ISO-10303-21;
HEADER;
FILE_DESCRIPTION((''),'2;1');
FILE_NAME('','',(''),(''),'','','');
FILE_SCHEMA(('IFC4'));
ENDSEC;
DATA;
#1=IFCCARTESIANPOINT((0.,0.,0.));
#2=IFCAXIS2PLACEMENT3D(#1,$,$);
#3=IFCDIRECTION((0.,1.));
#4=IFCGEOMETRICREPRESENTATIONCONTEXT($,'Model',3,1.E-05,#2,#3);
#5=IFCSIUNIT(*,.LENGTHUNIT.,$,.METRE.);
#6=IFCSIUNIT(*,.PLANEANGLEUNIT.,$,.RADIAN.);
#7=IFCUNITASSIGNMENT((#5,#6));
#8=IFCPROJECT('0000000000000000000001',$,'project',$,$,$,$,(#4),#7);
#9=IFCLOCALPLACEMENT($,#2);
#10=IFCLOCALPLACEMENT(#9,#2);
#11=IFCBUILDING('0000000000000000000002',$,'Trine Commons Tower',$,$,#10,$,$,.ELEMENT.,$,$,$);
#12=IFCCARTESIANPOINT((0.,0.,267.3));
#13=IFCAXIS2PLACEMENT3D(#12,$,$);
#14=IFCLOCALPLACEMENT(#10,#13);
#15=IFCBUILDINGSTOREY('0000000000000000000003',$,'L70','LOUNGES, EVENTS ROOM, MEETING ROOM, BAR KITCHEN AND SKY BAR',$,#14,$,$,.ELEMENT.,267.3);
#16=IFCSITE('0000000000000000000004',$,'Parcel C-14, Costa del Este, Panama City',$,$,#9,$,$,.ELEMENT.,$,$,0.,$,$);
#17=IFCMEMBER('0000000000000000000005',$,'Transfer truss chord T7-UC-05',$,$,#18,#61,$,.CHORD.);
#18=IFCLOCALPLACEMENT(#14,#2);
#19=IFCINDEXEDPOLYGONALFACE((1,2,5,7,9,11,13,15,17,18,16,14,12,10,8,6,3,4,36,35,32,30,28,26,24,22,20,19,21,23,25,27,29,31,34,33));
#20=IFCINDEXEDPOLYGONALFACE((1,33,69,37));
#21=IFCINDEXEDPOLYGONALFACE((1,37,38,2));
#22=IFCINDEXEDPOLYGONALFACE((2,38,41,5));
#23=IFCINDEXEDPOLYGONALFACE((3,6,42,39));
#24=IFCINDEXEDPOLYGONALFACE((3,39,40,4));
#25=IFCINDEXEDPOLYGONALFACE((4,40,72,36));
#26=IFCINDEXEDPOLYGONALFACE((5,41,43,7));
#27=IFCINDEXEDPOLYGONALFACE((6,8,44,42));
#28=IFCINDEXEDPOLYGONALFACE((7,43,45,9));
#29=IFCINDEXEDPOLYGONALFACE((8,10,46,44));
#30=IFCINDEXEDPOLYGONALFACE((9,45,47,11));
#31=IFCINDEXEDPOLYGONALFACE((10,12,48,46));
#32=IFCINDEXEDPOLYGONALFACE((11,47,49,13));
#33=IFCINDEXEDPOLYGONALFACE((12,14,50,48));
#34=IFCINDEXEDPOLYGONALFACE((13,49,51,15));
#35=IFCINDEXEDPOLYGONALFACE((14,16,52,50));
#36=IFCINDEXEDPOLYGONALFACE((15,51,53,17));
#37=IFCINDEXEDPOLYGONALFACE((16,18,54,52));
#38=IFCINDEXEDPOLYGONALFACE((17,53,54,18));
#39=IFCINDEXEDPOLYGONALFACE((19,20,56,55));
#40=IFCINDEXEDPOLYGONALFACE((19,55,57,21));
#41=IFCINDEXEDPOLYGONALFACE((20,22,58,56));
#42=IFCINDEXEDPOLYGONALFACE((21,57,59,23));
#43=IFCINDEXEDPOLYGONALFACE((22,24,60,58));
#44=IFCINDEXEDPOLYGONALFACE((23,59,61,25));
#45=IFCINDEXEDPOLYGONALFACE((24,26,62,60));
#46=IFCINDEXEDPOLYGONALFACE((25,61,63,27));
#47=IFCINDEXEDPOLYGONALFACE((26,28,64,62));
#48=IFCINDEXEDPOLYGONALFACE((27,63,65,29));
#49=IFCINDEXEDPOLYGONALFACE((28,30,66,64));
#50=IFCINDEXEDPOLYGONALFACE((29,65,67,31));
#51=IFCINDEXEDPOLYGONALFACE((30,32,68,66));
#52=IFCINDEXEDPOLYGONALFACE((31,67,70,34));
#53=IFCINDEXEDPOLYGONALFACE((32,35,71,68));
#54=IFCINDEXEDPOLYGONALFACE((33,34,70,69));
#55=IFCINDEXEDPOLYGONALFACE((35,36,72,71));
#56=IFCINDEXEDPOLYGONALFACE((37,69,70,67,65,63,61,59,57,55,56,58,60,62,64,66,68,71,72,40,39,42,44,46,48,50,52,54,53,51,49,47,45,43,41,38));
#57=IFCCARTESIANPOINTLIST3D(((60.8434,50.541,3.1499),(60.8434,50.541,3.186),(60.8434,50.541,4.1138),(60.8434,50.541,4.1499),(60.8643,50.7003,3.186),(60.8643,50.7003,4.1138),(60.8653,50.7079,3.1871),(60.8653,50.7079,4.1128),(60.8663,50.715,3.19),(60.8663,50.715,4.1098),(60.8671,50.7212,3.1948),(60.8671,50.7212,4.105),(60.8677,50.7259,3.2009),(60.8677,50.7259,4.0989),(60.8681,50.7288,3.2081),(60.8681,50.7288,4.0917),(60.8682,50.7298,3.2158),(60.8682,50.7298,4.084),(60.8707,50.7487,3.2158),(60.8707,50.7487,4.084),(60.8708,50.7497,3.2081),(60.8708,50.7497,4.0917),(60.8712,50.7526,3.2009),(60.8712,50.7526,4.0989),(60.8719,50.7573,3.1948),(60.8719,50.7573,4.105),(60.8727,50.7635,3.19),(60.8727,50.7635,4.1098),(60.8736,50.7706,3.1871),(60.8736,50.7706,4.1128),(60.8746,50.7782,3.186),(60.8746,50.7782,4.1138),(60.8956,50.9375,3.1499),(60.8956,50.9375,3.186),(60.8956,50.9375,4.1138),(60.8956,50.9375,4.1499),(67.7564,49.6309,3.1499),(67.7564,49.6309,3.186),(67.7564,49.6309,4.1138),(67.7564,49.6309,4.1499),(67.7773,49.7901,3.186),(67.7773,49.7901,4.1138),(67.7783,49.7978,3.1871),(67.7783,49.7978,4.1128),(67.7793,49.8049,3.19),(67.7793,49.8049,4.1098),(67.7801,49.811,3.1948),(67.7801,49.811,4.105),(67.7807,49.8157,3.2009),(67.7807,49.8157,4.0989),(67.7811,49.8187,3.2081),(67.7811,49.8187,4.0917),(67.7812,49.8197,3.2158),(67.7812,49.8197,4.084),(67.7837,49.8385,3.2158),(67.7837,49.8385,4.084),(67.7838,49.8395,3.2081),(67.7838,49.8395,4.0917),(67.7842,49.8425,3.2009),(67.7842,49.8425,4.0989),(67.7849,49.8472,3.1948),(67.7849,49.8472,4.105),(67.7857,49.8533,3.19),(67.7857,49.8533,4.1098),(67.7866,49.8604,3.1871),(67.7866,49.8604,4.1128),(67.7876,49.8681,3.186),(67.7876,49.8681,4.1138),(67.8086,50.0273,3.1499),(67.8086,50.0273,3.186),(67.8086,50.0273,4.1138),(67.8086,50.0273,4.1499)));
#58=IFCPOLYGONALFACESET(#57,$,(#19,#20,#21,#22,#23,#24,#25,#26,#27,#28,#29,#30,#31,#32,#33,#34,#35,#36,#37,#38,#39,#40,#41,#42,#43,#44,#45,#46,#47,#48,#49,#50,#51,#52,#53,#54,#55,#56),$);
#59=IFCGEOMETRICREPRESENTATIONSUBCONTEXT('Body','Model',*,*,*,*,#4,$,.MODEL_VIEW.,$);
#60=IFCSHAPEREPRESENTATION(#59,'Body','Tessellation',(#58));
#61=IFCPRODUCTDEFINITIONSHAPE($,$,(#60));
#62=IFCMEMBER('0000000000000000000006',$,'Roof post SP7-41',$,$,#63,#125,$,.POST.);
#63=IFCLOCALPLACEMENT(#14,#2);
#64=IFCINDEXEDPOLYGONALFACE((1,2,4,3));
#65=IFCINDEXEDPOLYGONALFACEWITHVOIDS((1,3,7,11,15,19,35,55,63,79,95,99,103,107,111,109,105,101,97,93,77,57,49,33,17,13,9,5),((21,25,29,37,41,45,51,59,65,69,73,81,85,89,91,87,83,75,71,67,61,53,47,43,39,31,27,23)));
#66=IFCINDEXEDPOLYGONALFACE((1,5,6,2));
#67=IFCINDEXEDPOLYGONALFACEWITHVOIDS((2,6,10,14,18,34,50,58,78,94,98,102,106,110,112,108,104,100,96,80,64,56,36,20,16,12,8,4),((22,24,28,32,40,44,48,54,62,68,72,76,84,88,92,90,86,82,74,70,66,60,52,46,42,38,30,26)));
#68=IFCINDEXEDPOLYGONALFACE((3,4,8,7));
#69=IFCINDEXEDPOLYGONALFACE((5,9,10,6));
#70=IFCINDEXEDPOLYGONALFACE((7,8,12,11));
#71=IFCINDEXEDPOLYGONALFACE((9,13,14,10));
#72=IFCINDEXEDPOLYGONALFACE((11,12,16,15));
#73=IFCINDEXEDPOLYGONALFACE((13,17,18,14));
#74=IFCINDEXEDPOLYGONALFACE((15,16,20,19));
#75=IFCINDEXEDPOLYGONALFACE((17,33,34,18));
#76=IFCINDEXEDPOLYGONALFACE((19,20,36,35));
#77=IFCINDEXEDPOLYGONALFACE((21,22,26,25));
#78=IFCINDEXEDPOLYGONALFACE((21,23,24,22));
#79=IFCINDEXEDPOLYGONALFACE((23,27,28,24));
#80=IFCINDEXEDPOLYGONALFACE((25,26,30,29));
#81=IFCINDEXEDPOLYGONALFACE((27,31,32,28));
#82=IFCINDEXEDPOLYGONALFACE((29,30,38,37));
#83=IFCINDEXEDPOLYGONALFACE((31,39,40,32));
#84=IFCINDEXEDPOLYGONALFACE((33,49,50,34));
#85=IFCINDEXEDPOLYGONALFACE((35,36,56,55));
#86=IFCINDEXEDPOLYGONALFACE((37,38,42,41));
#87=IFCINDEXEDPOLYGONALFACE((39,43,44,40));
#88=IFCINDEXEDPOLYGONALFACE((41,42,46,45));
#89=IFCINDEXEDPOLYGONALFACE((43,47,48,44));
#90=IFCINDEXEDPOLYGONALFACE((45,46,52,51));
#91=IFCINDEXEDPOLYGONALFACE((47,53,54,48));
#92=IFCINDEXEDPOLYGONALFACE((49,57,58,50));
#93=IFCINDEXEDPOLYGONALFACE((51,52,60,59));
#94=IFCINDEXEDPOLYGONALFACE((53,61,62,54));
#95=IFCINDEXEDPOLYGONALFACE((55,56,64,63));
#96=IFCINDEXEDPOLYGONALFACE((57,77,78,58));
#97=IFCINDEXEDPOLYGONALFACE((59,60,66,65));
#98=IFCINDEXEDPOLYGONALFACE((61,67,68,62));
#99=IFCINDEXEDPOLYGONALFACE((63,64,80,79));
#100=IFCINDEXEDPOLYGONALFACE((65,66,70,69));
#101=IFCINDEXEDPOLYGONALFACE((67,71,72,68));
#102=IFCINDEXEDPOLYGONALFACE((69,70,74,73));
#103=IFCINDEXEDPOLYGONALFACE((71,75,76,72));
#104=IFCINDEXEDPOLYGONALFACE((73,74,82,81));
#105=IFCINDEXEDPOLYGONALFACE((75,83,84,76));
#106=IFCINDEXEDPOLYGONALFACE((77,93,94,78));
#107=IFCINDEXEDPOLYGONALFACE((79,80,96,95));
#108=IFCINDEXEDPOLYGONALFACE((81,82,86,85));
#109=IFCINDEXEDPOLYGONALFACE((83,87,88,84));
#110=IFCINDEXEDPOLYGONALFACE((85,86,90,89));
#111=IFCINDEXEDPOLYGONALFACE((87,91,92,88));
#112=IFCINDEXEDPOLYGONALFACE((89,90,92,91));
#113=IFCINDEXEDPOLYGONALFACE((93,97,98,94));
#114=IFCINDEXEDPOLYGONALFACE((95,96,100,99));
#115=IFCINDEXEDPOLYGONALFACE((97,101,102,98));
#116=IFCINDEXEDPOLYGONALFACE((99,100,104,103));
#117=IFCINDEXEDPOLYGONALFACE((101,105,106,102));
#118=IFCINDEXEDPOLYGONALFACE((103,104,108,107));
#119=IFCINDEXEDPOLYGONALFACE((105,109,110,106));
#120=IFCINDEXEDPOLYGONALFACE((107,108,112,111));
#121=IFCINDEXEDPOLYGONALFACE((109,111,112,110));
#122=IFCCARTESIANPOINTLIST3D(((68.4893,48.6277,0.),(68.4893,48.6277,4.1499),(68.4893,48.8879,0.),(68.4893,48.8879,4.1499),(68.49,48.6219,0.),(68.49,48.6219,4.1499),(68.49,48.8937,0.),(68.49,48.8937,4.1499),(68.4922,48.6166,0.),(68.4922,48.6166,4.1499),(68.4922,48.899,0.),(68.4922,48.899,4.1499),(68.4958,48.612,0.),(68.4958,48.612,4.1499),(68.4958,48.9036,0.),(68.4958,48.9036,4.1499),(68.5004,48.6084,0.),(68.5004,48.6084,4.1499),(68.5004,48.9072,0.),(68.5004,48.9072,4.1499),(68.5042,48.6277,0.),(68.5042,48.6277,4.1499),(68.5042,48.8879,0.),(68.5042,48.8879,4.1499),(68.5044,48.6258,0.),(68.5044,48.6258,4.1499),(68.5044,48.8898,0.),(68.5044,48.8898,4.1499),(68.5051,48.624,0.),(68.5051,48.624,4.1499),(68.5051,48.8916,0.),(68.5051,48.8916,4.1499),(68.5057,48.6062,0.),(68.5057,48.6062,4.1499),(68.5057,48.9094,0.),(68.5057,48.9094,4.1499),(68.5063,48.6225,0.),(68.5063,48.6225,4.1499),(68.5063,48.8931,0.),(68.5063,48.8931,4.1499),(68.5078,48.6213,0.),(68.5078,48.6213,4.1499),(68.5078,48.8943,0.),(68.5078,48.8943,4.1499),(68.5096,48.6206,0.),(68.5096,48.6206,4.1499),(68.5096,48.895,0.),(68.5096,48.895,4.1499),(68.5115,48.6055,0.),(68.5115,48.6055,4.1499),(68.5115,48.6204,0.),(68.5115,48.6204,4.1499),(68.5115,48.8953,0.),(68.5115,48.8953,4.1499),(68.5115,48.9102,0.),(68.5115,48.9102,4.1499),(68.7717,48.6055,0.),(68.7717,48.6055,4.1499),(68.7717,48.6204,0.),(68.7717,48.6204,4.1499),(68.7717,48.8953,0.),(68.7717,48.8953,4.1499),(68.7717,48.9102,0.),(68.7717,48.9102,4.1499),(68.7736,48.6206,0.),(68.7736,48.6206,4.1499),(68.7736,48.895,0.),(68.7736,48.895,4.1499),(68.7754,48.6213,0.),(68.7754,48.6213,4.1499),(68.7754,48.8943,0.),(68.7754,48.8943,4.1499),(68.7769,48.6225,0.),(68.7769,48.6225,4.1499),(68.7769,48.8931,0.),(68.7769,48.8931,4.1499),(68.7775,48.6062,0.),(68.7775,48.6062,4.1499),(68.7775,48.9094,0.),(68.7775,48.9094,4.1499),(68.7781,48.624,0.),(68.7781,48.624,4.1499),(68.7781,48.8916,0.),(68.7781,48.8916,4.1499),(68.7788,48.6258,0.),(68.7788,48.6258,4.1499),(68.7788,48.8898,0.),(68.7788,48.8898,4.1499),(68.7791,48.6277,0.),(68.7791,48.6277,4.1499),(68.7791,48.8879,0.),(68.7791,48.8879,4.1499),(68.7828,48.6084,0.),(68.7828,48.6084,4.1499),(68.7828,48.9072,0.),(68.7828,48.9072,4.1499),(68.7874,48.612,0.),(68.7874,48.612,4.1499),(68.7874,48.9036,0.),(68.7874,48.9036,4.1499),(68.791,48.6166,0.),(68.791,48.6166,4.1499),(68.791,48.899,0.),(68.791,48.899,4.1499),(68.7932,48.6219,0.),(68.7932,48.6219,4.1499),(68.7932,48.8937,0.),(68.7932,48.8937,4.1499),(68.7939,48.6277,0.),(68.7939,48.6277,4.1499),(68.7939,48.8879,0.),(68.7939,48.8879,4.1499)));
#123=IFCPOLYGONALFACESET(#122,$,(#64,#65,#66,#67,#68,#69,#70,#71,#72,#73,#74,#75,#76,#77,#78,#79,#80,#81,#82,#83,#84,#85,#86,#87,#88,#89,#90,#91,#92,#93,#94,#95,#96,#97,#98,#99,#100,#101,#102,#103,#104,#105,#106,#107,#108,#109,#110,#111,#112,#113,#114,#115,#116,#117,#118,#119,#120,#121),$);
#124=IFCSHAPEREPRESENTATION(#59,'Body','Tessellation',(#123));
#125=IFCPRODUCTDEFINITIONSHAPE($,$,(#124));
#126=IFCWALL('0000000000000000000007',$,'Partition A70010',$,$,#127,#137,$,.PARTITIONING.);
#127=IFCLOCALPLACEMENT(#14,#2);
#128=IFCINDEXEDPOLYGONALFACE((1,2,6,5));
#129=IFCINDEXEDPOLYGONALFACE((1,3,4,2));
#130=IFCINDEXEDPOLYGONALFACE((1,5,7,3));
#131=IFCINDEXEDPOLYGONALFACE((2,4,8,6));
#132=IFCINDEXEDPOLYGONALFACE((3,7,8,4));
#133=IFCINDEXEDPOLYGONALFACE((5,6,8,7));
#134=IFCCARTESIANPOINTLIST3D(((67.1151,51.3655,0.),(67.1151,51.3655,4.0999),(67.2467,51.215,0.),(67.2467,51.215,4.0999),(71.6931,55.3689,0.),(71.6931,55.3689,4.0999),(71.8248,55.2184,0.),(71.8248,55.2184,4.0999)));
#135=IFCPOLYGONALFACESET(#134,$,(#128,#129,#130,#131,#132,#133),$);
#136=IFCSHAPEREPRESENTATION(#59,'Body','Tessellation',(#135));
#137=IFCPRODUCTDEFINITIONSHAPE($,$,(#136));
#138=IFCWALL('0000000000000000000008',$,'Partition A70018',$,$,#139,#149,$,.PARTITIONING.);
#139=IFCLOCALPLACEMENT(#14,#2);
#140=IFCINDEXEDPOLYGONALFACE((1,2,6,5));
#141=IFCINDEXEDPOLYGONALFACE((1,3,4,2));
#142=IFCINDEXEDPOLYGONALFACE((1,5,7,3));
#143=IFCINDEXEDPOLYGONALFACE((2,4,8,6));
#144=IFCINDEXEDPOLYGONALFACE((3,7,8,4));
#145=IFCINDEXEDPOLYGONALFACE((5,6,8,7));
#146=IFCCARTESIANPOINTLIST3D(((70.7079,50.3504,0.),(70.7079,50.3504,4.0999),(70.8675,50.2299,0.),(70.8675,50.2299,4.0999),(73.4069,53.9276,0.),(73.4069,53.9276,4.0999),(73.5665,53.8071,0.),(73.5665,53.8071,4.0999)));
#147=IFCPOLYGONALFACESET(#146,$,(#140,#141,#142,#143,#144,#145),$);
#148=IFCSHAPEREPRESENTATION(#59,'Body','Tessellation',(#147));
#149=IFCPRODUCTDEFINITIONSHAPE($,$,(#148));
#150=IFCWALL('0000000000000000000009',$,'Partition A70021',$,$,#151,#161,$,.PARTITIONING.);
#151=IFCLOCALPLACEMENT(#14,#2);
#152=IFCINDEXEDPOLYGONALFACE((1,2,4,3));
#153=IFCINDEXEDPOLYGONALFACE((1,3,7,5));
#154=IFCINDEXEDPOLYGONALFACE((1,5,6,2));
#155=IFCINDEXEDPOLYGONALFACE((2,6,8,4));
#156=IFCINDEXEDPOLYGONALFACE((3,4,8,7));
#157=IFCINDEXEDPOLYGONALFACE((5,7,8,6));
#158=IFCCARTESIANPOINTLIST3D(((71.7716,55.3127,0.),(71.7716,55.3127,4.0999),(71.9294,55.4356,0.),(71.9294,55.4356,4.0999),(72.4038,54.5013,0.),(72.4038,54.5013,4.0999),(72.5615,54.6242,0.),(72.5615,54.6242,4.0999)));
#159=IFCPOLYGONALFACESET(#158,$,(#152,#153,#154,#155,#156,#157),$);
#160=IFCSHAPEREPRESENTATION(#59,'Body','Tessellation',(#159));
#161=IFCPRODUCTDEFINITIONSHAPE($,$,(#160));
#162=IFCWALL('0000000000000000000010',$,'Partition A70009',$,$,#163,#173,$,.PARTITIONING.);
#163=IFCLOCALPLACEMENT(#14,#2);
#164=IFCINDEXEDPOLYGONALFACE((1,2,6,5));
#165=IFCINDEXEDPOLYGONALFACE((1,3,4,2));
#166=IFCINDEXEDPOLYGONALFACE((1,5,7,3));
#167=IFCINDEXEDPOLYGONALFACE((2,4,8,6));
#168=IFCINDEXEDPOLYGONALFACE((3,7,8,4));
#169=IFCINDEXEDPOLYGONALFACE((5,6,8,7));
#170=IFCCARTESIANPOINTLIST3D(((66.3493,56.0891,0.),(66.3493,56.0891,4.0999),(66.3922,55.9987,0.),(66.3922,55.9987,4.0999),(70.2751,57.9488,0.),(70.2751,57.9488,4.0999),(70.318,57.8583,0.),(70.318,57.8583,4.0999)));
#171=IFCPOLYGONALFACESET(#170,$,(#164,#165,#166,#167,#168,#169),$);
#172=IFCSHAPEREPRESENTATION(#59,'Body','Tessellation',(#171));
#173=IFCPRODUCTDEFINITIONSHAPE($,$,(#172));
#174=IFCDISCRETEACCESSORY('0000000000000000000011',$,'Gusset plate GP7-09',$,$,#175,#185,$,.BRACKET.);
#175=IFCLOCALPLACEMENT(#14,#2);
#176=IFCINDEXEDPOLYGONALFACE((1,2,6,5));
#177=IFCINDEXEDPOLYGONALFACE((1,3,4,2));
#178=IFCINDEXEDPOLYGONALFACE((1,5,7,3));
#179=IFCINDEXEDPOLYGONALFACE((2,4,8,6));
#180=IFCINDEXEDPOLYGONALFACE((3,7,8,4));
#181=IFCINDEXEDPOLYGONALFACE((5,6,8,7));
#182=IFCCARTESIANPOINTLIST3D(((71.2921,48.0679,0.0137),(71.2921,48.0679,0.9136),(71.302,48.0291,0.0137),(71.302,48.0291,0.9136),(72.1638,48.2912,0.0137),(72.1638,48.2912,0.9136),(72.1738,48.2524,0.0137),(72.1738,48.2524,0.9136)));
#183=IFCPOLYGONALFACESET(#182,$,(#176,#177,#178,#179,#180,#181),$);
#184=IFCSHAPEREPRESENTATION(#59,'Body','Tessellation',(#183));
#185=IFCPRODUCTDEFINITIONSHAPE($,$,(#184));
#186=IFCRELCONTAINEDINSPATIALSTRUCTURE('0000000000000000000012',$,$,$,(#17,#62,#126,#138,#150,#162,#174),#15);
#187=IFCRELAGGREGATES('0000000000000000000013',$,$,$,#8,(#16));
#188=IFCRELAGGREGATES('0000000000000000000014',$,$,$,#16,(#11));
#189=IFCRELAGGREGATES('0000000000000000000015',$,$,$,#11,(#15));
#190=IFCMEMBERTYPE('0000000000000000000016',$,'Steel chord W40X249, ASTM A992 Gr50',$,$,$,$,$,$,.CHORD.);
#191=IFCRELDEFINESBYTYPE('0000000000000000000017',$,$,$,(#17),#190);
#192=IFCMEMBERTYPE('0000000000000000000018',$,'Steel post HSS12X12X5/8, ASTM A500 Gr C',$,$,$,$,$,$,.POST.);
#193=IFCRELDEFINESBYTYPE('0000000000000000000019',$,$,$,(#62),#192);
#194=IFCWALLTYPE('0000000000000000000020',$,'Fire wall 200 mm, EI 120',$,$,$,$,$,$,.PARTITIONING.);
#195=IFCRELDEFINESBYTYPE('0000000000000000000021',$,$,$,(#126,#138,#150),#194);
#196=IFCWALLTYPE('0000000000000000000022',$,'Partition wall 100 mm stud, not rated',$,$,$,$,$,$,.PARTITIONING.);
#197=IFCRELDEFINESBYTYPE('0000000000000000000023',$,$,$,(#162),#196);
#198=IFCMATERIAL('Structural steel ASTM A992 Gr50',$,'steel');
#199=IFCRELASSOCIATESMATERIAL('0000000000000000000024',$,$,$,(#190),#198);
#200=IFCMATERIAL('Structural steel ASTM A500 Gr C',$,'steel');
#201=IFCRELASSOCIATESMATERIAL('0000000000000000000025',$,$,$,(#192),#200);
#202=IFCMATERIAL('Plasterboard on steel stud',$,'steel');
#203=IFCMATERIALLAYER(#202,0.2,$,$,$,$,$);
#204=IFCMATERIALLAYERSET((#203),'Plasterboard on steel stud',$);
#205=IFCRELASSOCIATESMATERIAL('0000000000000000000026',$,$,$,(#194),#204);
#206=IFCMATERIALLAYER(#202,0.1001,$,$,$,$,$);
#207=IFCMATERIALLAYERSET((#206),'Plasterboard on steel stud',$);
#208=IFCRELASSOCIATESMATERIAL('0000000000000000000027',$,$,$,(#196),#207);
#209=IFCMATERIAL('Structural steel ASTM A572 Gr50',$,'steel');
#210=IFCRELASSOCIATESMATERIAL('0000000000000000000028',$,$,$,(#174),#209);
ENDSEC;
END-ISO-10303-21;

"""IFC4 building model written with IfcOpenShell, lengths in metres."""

from ifc_helpers import new_model, si_unit, direction, frame, frame_2d, origin, origin_2d, place, context, subcontext, project, spatial, rectangle, hollow_rectangle, i_section, extrude, material, layer, layer_set, material_profile, profile_set, type_object, element, save


model = new_model("IFC4")

# Units and contexts
model_context = context("Model", 3, precision=1e-05, world=origin(), true_north=direction((0.0, 1.0)))
body_context = subcontext(model_context, "Body", "Model", "MODEL_VIEW")
ifc_project = project(units=[si_unit("LENGTHUNIT", "METRE"), si_unit("PLANEANGLEUNIT", "RADIAN")], contexts=[model_context])

# Site, building, storey
site_placement = place(None, origin())
site = spatial("IfcSite", under=ifc_project, at=site_placement, Name="Parcel C-14, Costa del Este, Panama City", CompositionType="ELEMENT", RefElevation=0.0)
building_placement = place(site_placement, origin())
building = spatial("IfcBuilding", under=site, at=building_placement, Name="Trine Commons Tower", CompositionType="ELEMENT")
storey_placement = place(building_placement, frame((0.0, 0.0, 267.3)))
storey = spatial("IfcBuildingStorey", under=building, at=storey_placement, Name="L70", Description="LOUNGES, EVENTS ROOM, MEETING ROOM, BAR KITCHEN AND SKY BAR", CompositionType="ELEMENT", Elevation=267.3)

# Shared definitions
ifc_material_1 = material(Name="Structural steel ASTM A992 Gr50", Category="steel")

# Members
ifc_material_profile_1 = material_profile(ifc_material_1, i_section(OverallWidth=0.3999, OverallDepth=1.0, WebThickness=0.019, FlangeThickness=0.0361, FilletRadius=0.0298, at=origin_2d()), Name="W40X249")
ifc_profile_set_1 = profile_set([ifc_material_profile_1], Name="Structural steel ASTM A992 Gr50")
member_type_1 = type_object("IfcMemberType", Name="Steel chord W40X249, ASTM A992 Gr50", PredefinedType="CHORD", material=ifc_profile_set_1)
member_1_placement = place(storey_placement, frame((67.7825, 49.8291, 3.6499), z_axis=(-0.991444, 0.130531, 0.0), x_axis=(-0.130531, -0.991444, 0.0)))
element("IfcMember", 1, at=member_1_placement, inside=storey, type_object=member_type_1, Name="Transfer truss chord T7-UC-05", PredefinedType="CHORD", context=body_context, shape_type="SweptSolid", body=[
    extrude(i_section(OverallWidth=0.3999, OverallDepth=1.0, WebThickness=0.019, FlangeThickness=0.0361, FilletRadius=0.0298, at=origin_2d()), origin(), (0.0, 0.0, 1.0), 6.9727),
])
ifc_material_2 = material(Name="Structural steel ASTM A500 Gr C", Category="steel")
ifc_material_profile_2 = material_profile(ifc_material_2, hollow_rectangle(XDim=0.3047, YDim=0.3047, WallThickness=0.0149, InnerFilletRadius=0.0073, OuterFilletRadius=0.0222, at=origin_2d()), Name="HSS12X12X5/8")
ifc_profile_set_2 = profile_set([ifc_material_profile_2], Name="Structural steel ASTM A500 Gr C")
member_type_2 = type_object("IfcMemberType", Name="Steel post HSS12X12X5/8, ASTM A500 Gr C", PredefinedType="POST", material=ifc_profile_set_2)
member_2_placement = place(storey_placement, frame((68.6416, 48.7578, 0.0), z_axis=(0.0, 0.0, 1.0), x_axis=(1.0, 0.0, 0.0)))
element("IfcMember", 2, at=member_2_placement, inside=storey, type_object=member_type_2, Name="Roof post SP7-41", PredefinedType="POST", context=body_context, shape_type="SweptSolid", body=[
    extrude(hollow_rectangle(XDim=0.3047, YDim=0.3047, WallThickness=0.0149, InnerFilletRadius=0.0073, OuterFilletRadius=0.0222, at=origin_2d()), origin(), (0.0, 0.0, 1.0), 4.1499),
])

# Walls
ifc_material_3 = material(Name="Plasterboard on steel stud", Category="steel")
ifc_layer_1 = layer(ifc_material_3, 0.2)
ifc_layer_set_1 = layer_set([ifc_layer_1], Name="Plasterboard on steel stud")
wall_type_1 = type_object("IfcWallType", Name="Fire wall 200 mm, EI 120", PredefinedType="PARTITIONING", material=ifc_layer_set_1)
wall_1_placement = place(storey_placement, frame((67.1809, 51.2903, 0.0), z_axis=(0.0, 0.0, 1.0), x_axis=(0.752776, 0.658277, 0.0)))
element("IfcWall", 3, at=wall_1_placement, inside=storey, type_object=wall_type_1, Name="Partition A70010", PredefinedType="PARTITIONING", context=body_context, shape_type="SweptSolid", body=[
    extrude(rectangle(XDim=6.0815, YDim=0.2, at=frame_2d((3.0408, 0.0))), origin(), (0.0, 0.0, 1.0), 4.0999),
])
wall_2_placement = place(storey_placement, frame((70.7876, 50.29, 0.0), z_axis=(0.0, 0.0, 1.0), x_axis=(0.602299, 0.798271, 0.0)))
element("IfcWall", 4, at=wall_2_placement, inside=storey, type_object=wall_type_1, Name="Partition A70018", PredefinedType="PARTITIONING", context=body_context, shape_type="SweptSolid", body=[
    extrude(rectangle(XDim=4.4812, YDim=0.2, at=frame_2d((2.2407, 0.0))), origin(), (0.0, 0.0, 1.0), 4.0999),
])
wall_3_placement = place(storey_placement, frame((71.8506, 55.374, 0.0), z_axis=(0.0, 0.0, 1.0), x_axis=(0.614598, -0.788841, 0.0)))
element("IfcWall", 5, at=wall_3_placement, inside=storey, type_object=wall_type_1, Name="Partition A70021", PredefinedType="PARTITIONING", context=body_context, shape_type="SweptSolid", body=[
    extrude(rectangle(XDim=1.0286, YDim=0.2, at=frame_2d((0.5142, 0.0))), origin(), (0.0, 0.0, 1.0), 4.0999),
])

# Wall
ifc_layer_2 = layer(ifc_material_3, 0.1001)
ifc_layer_set_2 = layer_set([ifc_layer_2], Name="Plasterboard on steel stud")
wall_type_2 = type_object("IfcWallType", Name="Partition wall 100 mm stud, not rated", PredefinedType="PARTITIONING", material=ifc_layer_set_2)
wall_4_placement = place(storey_placement, frame((66.3708, 56.0439, 0.0), z_axis=(0.0, 0.0, 1.0), x_axis=(0.903734, 0.428094, 0.0)))
element("IfcWall", 6, at=wall_4_placement, inside=storey, type_object=wall_type_2, Name="Partition A70009", PredefinedType="PARTITIONING", context=body_context, shape_type="SweptSolid", body=[
    extrude(rectangle(XDim=4.344, YDim=0.1001, at=frame_2d((2.1719, 0.0))), origin(), (0.0, 0.0, 1.0), 4.0999),
])

# Discrete accessory
ifc_material_4 = material(Name="Structural steel ASTM A572 Gr50", Category="steel")
for number, where, z_axis, x_axis, name in (
    (7, (71.7329, 48.1602, 0.0137), (0.0, 0.0, 1.0), (0.968718, 0.248166, 0.0), "Gusset plate GP7-09"),
):
    element("IfcDiscreteAccessory", number, at=place(storey_placement, frame(where, z_axis=z_axis, x_axis=x_axis)), inside=storey, material=ifc_material_4, Name=name, PredefinedType="BRACKET", context=body_context, shape_type="SweptSolid", body=[
        extrude(rectangle(XDim=0.8999, YDim=0.04, at=origin_2d()), origin(), (0.0, 0.0, 1.0), 0.8999),
    ])

save(model, "model.ifc")
